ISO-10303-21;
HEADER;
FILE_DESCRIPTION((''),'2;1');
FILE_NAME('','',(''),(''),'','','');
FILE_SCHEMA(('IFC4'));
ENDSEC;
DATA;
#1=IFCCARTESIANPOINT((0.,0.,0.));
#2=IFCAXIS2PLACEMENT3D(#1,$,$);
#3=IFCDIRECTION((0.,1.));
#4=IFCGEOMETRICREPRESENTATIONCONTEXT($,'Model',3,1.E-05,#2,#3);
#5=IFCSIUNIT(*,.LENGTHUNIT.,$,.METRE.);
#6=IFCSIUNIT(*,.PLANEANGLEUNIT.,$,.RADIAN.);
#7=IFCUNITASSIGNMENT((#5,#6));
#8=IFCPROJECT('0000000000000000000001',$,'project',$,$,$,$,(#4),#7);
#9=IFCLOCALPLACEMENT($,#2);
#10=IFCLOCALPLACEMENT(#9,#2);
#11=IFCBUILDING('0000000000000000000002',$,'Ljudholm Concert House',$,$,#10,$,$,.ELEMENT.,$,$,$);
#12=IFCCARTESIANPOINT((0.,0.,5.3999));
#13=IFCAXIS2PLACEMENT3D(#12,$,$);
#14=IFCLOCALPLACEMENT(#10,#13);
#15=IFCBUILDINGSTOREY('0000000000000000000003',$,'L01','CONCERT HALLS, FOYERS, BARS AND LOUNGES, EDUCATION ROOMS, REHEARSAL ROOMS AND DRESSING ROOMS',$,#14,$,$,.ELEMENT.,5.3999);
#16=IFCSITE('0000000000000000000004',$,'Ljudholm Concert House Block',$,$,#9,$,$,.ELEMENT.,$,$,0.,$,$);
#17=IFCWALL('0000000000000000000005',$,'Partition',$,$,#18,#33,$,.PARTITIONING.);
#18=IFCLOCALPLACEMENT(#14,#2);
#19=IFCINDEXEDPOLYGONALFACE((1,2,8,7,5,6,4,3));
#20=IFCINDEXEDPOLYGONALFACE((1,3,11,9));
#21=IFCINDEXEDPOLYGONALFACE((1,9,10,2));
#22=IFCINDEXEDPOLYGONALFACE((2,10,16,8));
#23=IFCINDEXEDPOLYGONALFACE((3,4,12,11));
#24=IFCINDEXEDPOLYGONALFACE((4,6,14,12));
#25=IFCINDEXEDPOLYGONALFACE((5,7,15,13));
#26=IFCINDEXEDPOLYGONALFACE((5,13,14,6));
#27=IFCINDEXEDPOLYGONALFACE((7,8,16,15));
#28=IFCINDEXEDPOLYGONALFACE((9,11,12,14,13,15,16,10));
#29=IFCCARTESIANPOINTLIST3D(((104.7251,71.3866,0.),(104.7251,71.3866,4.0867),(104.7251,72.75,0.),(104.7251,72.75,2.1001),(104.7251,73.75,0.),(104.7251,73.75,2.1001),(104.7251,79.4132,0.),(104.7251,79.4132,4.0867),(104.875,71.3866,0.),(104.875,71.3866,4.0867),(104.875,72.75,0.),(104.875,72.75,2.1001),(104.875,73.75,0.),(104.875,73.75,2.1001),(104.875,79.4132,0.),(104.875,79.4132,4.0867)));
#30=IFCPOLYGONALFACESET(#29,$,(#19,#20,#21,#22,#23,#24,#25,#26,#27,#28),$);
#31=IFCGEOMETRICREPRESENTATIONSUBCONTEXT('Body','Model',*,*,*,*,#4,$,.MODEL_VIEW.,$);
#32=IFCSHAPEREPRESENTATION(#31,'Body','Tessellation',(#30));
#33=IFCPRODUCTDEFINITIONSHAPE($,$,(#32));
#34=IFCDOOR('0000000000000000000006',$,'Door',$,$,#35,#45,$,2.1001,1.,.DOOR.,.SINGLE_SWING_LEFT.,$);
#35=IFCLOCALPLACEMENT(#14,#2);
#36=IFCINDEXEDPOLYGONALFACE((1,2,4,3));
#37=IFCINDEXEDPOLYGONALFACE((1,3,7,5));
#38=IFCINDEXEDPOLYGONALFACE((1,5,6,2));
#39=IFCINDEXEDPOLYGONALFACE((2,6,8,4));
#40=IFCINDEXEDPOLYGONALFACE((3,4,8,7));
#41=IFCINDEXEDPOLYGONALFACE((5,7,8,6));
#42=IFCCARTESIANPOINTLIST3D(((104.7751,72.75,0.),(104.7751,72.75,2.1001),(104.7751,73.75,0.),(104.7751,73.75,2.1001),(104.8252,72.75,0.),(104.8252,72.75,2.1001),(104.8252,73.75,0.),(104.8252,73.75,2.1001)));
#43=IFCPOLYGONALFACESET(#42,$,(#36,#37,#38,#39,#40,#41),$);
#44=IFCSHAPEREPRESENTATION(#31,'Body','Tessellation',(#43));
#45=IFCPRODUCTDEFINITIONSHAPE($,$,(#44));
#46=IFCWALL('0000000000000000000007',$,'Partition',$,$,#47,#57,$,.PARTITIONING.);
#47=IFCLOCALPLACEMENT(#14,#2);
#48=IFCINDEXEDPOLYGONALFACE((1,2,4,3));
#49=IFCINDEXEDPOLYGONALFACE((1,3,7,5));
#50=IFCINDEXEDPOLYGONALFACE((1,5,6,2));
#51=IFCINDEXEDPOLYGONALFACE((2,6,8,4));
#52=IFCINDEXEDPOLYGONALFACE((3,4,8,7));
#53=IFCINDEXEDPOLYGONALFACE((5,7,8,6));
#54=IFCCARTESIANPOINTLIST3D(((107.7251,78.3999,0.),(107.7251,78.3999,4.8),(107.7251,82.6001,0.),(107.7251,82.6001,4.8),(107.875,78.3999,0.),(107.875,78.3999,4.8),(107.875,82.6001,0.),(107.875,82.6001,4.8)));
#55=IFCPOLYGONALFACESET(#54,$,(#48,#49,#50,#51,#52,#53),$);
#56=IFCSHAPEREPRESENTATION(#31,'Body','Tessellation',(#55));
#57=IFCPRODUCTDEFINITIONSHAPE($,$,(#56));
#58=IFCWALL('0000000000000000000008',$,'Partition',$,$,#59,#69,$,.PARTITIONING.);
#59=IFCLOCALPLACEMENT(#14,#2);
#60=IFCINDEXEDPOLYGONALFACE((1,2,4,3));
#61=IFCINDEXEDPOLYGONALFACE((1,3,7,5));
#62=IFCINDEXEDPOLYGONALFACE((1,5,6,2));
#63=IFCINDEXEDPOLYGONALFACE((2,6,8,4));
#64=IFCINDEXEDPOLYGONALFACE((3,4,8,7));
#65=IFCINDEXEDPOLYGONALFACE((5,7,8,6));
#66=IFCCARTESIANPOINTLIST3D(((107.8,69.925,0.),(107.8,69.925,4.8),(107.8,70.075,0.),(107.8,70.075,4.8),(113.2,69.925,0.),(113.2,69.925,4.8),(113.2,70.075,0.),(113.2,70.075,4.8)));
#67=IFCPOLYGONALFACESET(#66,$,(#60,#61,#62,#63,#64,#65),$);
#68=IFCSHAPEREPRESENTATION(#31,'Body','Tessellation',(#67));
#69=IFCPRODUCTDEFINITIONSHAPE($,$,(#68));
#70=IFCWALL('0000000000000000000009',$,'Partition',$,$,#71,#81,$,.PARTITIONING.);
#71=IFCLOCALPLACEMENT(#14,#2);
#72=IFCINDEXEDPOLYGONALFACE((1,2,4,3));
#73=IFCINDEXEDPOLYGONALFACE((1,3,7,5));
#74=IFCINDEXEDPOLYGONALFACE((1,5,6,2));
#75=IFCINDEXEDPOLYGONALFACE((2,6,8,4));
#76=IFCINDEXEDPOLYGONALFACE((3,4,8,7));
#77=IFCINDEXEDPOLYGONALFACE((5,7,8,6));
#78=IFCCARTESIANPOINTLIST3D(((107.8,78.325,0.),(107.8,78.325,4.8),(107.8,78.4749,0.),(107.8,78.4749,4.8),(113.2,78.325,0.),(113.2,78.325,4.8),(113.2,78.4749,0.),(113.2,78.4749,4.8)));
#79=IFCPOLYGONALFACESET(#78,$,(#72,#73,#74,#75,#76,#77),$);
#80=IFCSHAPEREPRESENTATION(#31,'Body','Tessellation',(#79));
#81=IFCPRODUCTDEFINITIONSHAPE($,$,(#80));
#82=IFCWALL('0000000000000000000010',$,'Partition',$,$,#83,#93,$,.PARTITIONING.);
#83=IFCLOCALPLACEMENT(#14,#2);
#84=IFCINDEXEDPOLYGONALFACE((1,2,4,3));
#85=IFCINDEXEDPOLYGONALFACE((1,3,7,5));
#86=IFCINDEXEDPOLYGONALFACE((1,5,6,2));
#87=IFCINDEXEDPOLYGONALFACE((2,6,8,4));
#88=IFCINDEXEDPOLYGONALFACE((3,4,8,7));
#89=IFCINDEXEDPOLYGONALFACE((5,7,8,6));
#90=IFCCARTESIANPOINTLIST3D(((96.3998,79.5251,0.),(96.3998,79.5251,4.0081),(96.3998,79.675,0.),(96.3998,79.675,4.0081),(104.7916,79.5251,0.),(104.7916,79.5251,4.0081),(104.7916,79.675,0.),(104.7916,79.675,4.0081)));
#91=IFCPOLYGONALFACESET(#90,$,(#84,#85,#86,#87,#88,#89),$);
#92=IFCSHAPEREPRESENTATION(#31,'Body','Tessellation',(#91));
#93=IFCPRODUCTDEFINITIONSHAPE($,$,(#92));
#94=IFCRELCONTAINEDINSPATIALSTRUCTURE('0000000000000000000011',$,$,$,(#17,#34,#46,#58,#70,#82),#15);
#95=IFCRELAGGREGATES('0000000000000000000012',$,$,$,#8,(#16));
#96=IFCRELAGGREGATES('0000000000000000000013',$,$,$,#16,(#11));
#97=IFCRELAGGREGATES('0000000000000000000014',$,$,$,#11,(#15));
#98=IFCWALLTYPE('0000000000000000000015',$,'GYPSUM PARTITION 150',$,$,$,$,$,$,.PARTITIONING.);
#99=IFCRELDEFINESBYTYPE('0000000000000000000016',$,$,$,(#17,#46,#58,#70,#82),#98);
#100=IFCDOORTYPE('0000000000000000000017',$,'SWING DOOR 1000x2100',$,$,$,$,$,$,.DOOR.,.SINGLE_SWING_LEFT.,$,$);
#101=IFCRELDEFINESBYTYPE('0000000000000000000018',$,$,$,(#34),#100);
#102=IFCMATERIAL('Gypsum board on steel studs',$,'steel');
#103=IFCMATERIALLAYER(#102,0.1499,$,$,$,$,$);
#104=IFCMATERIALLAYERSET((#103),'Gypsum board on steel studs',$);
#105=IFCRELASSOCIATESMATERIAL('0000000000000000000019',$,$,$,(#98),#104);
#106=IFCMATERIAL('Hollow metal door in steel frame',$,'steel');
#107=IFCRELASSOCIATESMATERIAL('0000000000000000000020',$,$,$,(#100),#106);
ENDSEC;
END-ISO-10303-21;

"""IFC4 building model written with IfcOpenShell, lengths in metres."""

from ifc_helpers import new_model, si_unit, direction, frame, frame_2d, origin, place, context, subcontext, project, spatial, rectangle, extrude, material, layer, layer_set, type_object, element, fill, save


model = new_model("IFC4")

# Units and contexts
model_context = context("Model", 3, precision=1e-05, world=origin(), true_north=direction((0.0, 1.0)))
body_context = subcontext(model_context, "Body", "Model", "MODEL_VIEW")
ifc_project = project(units=[si_unit("LENGTHUNIT", "METRE"), si_unit("PLANEANGLEUNIT", "RADIAN")], contexts=[model_context])

# Site, building, storey
site_placement = place(None, origin())
site = spatial("IfcSite", under=ifc_project, at=site_placement, Name="Ljudholm Concert House Block", CompositionType="ELEMENT", RefElevation=0.0)
building_placement = place(site_placement, origin())
building = spatial("IfcBuilding", under=site, at=building_placement, Name="Ljudholm Concert House", CompositionType="ELEMENT")
storey_placement = place(building_placement, frame((0.0, 0.0, 5.3999)))
storey = spatial("IfcBuildingStorey", under=building, at=storey_placement, Name="L01", Description="CONCERT HALLS, FOYERS, BARS AND LOUNGES, EDUCATION ROOMS, REHEARSAL ROOMS AND DRESSING ROOMS", CompositionType="ELEMENT", Elevation=5.3999)

# Shared definitions
ifc_material_1 = material(Name="Gypsum board on steel studs", Category="steel")
ifc_layer = layer(ifc_material_1, 0.1499)
ifc_layer_set = layer_set([ifc_layer], Name="Gypsum board on steel studs")
wall_type = type_object("IfcWallType", Name="GYPSUM PARTITION 150", PredefinedType="PARTITIONING", material=ifc_layer_set)
ifc_material_2 = material(Name="Hollow metal door in steel frame", Category="steel")
door_type = type_object("IfcDoorType", Name="SWING DOOR 1000x2100", OperationType="SINGLE_SWING_LEFT", PredefinedType="DOOR", material=ifc_material_2)

# Wall, opening, door
wall_1_placement = place(storey_placement, frame((104.8, 71.3867, 0.0), z_axis=(0.0, 0.0, 1.0), x_axis=(0.0, 1.0, 0.0)))
wall_1 = element("IfcWall", 1, at=wall_1_placement, inside=storey, type_object=wall_type, Name="Partition", PredefinedType="PARTITIONING", context=body_context, shape_type="SweptSolid", body=[
    extrude(rectangle(XDim=8.0266, YDim=0.1499, at=frame_2d((4.0132, 0.0))), origin(), (0.0, 0.0, 1.0), 4.0867),
])
opening_1_placement = place(wall_1_placement, frame((1.3633, 0.0, 0.0)))
opening_1 = element("IfcOpeningElement", 2, at=opening_1_placement, cuts=wall_1, PredefinedType="OPENING", context=body_context, shape_type="SweptSolid", body=[
    extrude(rectangle(XDim=1.0, YDim=2.1001, at=frame_2d((0.5, 1.05))), frame((0.0, 0.085, 0.0), z_axis=(0.0, -1.0, 0.0), x_axis=(1.0, 0.0, 0.0)), (0.0, 0.0, 1.0), 0.1699),
])
door_1_placement = place(opening_1_placement, origin())
door_1 = element("IfcDoor", 3, at=door_1_placement, inside=storey, type_object=door_type, Name="Door", OperationType="SINGLE_SWING_LEFT", OverallHeight=2.1001, OverallWidth=1.0, PredefinedType="DOOR", context=body_context, shape_type="SweptSolid", body=[
    extrude(rectangle(XDim=1.0, YDim=2.1001, at=frame_2d((0.5, 1.05))), frame((0.0, 0.0249, 0.0), z_axis=(0.0, -1.0, 0.0), x_axis=(1.0, 0.0, 0.0)), (0.0, 0.0, 1.0), 0.05),
])
fill(opening_1, door_1)

# Walls
wall_2_placement = place(storey_placement, frame((107.8, 78.3999, 0.0), z_axis=(0.0, 0.0, 1.0), x_axis=(0.0, 1.0, 0.0)))
element("IfcWall", 4, at=wall_2_placement, inside=storey, type_object=wall_type, Name="Partition", PredefinedType="PARTITIONING", context=body_context, shape_type="SweptSolid", body=[
    extrude(rectangle(XDim=4.2002, YDim=0.1499, at=frame_2d((2.1001, 0.0))), origin(), (0.0, 0.0, 1.0), 4.8),
])
for number, where, z_axis, x_axis, name in (
    (5, (107.8, 70.0, 0.0), (0.0, 0.0, 1.0), (1.0, 0.0, 0.0), "Partition"),
    (6, (107.8, 78.3999, 0.0), (0.0, 0.0, 1.0), (1.0, 0.0, 0.0), "Partition"),
):
    element("IfcWall", number, at=place(storey_placement, frame(where, z_axis=z_axis, x_axis=x_axis)), inside=storey, type_object=wall_type, Name=name, PredefinedType="PARTITIONING", context=body_context, shape_type="SweptSolid", body=[
        extrude(rectangle(XDim=5.3999, YDim=0.1499, at=frame_2d((2.7, 0.0))), origin(), (0.0, 0.0, 1.0), 4.8),
    ])
wall_3_placement = place(storey_placement, frame((96.3999, 79.6001, 0.0), z_axis=(0.0, 0.0, 1.0), x_axis=(1.0, 0.0, 0.0)))
element("IfcWall", 7, at=wall_3_placement, inside=storey, type_object=wall_type, Name="Partition", PredefinedType="PARTITIONING", context=body_context, shape_type="SweptSolid", body=[
    extrude(rectangle(XDim=8.3918, YDim=0.1499, at=frame_2d((4.1958, 0.0))), origin(), (0.0, 0.0, 1.0), 4.0081),
])

save(model, "model.ifc")
